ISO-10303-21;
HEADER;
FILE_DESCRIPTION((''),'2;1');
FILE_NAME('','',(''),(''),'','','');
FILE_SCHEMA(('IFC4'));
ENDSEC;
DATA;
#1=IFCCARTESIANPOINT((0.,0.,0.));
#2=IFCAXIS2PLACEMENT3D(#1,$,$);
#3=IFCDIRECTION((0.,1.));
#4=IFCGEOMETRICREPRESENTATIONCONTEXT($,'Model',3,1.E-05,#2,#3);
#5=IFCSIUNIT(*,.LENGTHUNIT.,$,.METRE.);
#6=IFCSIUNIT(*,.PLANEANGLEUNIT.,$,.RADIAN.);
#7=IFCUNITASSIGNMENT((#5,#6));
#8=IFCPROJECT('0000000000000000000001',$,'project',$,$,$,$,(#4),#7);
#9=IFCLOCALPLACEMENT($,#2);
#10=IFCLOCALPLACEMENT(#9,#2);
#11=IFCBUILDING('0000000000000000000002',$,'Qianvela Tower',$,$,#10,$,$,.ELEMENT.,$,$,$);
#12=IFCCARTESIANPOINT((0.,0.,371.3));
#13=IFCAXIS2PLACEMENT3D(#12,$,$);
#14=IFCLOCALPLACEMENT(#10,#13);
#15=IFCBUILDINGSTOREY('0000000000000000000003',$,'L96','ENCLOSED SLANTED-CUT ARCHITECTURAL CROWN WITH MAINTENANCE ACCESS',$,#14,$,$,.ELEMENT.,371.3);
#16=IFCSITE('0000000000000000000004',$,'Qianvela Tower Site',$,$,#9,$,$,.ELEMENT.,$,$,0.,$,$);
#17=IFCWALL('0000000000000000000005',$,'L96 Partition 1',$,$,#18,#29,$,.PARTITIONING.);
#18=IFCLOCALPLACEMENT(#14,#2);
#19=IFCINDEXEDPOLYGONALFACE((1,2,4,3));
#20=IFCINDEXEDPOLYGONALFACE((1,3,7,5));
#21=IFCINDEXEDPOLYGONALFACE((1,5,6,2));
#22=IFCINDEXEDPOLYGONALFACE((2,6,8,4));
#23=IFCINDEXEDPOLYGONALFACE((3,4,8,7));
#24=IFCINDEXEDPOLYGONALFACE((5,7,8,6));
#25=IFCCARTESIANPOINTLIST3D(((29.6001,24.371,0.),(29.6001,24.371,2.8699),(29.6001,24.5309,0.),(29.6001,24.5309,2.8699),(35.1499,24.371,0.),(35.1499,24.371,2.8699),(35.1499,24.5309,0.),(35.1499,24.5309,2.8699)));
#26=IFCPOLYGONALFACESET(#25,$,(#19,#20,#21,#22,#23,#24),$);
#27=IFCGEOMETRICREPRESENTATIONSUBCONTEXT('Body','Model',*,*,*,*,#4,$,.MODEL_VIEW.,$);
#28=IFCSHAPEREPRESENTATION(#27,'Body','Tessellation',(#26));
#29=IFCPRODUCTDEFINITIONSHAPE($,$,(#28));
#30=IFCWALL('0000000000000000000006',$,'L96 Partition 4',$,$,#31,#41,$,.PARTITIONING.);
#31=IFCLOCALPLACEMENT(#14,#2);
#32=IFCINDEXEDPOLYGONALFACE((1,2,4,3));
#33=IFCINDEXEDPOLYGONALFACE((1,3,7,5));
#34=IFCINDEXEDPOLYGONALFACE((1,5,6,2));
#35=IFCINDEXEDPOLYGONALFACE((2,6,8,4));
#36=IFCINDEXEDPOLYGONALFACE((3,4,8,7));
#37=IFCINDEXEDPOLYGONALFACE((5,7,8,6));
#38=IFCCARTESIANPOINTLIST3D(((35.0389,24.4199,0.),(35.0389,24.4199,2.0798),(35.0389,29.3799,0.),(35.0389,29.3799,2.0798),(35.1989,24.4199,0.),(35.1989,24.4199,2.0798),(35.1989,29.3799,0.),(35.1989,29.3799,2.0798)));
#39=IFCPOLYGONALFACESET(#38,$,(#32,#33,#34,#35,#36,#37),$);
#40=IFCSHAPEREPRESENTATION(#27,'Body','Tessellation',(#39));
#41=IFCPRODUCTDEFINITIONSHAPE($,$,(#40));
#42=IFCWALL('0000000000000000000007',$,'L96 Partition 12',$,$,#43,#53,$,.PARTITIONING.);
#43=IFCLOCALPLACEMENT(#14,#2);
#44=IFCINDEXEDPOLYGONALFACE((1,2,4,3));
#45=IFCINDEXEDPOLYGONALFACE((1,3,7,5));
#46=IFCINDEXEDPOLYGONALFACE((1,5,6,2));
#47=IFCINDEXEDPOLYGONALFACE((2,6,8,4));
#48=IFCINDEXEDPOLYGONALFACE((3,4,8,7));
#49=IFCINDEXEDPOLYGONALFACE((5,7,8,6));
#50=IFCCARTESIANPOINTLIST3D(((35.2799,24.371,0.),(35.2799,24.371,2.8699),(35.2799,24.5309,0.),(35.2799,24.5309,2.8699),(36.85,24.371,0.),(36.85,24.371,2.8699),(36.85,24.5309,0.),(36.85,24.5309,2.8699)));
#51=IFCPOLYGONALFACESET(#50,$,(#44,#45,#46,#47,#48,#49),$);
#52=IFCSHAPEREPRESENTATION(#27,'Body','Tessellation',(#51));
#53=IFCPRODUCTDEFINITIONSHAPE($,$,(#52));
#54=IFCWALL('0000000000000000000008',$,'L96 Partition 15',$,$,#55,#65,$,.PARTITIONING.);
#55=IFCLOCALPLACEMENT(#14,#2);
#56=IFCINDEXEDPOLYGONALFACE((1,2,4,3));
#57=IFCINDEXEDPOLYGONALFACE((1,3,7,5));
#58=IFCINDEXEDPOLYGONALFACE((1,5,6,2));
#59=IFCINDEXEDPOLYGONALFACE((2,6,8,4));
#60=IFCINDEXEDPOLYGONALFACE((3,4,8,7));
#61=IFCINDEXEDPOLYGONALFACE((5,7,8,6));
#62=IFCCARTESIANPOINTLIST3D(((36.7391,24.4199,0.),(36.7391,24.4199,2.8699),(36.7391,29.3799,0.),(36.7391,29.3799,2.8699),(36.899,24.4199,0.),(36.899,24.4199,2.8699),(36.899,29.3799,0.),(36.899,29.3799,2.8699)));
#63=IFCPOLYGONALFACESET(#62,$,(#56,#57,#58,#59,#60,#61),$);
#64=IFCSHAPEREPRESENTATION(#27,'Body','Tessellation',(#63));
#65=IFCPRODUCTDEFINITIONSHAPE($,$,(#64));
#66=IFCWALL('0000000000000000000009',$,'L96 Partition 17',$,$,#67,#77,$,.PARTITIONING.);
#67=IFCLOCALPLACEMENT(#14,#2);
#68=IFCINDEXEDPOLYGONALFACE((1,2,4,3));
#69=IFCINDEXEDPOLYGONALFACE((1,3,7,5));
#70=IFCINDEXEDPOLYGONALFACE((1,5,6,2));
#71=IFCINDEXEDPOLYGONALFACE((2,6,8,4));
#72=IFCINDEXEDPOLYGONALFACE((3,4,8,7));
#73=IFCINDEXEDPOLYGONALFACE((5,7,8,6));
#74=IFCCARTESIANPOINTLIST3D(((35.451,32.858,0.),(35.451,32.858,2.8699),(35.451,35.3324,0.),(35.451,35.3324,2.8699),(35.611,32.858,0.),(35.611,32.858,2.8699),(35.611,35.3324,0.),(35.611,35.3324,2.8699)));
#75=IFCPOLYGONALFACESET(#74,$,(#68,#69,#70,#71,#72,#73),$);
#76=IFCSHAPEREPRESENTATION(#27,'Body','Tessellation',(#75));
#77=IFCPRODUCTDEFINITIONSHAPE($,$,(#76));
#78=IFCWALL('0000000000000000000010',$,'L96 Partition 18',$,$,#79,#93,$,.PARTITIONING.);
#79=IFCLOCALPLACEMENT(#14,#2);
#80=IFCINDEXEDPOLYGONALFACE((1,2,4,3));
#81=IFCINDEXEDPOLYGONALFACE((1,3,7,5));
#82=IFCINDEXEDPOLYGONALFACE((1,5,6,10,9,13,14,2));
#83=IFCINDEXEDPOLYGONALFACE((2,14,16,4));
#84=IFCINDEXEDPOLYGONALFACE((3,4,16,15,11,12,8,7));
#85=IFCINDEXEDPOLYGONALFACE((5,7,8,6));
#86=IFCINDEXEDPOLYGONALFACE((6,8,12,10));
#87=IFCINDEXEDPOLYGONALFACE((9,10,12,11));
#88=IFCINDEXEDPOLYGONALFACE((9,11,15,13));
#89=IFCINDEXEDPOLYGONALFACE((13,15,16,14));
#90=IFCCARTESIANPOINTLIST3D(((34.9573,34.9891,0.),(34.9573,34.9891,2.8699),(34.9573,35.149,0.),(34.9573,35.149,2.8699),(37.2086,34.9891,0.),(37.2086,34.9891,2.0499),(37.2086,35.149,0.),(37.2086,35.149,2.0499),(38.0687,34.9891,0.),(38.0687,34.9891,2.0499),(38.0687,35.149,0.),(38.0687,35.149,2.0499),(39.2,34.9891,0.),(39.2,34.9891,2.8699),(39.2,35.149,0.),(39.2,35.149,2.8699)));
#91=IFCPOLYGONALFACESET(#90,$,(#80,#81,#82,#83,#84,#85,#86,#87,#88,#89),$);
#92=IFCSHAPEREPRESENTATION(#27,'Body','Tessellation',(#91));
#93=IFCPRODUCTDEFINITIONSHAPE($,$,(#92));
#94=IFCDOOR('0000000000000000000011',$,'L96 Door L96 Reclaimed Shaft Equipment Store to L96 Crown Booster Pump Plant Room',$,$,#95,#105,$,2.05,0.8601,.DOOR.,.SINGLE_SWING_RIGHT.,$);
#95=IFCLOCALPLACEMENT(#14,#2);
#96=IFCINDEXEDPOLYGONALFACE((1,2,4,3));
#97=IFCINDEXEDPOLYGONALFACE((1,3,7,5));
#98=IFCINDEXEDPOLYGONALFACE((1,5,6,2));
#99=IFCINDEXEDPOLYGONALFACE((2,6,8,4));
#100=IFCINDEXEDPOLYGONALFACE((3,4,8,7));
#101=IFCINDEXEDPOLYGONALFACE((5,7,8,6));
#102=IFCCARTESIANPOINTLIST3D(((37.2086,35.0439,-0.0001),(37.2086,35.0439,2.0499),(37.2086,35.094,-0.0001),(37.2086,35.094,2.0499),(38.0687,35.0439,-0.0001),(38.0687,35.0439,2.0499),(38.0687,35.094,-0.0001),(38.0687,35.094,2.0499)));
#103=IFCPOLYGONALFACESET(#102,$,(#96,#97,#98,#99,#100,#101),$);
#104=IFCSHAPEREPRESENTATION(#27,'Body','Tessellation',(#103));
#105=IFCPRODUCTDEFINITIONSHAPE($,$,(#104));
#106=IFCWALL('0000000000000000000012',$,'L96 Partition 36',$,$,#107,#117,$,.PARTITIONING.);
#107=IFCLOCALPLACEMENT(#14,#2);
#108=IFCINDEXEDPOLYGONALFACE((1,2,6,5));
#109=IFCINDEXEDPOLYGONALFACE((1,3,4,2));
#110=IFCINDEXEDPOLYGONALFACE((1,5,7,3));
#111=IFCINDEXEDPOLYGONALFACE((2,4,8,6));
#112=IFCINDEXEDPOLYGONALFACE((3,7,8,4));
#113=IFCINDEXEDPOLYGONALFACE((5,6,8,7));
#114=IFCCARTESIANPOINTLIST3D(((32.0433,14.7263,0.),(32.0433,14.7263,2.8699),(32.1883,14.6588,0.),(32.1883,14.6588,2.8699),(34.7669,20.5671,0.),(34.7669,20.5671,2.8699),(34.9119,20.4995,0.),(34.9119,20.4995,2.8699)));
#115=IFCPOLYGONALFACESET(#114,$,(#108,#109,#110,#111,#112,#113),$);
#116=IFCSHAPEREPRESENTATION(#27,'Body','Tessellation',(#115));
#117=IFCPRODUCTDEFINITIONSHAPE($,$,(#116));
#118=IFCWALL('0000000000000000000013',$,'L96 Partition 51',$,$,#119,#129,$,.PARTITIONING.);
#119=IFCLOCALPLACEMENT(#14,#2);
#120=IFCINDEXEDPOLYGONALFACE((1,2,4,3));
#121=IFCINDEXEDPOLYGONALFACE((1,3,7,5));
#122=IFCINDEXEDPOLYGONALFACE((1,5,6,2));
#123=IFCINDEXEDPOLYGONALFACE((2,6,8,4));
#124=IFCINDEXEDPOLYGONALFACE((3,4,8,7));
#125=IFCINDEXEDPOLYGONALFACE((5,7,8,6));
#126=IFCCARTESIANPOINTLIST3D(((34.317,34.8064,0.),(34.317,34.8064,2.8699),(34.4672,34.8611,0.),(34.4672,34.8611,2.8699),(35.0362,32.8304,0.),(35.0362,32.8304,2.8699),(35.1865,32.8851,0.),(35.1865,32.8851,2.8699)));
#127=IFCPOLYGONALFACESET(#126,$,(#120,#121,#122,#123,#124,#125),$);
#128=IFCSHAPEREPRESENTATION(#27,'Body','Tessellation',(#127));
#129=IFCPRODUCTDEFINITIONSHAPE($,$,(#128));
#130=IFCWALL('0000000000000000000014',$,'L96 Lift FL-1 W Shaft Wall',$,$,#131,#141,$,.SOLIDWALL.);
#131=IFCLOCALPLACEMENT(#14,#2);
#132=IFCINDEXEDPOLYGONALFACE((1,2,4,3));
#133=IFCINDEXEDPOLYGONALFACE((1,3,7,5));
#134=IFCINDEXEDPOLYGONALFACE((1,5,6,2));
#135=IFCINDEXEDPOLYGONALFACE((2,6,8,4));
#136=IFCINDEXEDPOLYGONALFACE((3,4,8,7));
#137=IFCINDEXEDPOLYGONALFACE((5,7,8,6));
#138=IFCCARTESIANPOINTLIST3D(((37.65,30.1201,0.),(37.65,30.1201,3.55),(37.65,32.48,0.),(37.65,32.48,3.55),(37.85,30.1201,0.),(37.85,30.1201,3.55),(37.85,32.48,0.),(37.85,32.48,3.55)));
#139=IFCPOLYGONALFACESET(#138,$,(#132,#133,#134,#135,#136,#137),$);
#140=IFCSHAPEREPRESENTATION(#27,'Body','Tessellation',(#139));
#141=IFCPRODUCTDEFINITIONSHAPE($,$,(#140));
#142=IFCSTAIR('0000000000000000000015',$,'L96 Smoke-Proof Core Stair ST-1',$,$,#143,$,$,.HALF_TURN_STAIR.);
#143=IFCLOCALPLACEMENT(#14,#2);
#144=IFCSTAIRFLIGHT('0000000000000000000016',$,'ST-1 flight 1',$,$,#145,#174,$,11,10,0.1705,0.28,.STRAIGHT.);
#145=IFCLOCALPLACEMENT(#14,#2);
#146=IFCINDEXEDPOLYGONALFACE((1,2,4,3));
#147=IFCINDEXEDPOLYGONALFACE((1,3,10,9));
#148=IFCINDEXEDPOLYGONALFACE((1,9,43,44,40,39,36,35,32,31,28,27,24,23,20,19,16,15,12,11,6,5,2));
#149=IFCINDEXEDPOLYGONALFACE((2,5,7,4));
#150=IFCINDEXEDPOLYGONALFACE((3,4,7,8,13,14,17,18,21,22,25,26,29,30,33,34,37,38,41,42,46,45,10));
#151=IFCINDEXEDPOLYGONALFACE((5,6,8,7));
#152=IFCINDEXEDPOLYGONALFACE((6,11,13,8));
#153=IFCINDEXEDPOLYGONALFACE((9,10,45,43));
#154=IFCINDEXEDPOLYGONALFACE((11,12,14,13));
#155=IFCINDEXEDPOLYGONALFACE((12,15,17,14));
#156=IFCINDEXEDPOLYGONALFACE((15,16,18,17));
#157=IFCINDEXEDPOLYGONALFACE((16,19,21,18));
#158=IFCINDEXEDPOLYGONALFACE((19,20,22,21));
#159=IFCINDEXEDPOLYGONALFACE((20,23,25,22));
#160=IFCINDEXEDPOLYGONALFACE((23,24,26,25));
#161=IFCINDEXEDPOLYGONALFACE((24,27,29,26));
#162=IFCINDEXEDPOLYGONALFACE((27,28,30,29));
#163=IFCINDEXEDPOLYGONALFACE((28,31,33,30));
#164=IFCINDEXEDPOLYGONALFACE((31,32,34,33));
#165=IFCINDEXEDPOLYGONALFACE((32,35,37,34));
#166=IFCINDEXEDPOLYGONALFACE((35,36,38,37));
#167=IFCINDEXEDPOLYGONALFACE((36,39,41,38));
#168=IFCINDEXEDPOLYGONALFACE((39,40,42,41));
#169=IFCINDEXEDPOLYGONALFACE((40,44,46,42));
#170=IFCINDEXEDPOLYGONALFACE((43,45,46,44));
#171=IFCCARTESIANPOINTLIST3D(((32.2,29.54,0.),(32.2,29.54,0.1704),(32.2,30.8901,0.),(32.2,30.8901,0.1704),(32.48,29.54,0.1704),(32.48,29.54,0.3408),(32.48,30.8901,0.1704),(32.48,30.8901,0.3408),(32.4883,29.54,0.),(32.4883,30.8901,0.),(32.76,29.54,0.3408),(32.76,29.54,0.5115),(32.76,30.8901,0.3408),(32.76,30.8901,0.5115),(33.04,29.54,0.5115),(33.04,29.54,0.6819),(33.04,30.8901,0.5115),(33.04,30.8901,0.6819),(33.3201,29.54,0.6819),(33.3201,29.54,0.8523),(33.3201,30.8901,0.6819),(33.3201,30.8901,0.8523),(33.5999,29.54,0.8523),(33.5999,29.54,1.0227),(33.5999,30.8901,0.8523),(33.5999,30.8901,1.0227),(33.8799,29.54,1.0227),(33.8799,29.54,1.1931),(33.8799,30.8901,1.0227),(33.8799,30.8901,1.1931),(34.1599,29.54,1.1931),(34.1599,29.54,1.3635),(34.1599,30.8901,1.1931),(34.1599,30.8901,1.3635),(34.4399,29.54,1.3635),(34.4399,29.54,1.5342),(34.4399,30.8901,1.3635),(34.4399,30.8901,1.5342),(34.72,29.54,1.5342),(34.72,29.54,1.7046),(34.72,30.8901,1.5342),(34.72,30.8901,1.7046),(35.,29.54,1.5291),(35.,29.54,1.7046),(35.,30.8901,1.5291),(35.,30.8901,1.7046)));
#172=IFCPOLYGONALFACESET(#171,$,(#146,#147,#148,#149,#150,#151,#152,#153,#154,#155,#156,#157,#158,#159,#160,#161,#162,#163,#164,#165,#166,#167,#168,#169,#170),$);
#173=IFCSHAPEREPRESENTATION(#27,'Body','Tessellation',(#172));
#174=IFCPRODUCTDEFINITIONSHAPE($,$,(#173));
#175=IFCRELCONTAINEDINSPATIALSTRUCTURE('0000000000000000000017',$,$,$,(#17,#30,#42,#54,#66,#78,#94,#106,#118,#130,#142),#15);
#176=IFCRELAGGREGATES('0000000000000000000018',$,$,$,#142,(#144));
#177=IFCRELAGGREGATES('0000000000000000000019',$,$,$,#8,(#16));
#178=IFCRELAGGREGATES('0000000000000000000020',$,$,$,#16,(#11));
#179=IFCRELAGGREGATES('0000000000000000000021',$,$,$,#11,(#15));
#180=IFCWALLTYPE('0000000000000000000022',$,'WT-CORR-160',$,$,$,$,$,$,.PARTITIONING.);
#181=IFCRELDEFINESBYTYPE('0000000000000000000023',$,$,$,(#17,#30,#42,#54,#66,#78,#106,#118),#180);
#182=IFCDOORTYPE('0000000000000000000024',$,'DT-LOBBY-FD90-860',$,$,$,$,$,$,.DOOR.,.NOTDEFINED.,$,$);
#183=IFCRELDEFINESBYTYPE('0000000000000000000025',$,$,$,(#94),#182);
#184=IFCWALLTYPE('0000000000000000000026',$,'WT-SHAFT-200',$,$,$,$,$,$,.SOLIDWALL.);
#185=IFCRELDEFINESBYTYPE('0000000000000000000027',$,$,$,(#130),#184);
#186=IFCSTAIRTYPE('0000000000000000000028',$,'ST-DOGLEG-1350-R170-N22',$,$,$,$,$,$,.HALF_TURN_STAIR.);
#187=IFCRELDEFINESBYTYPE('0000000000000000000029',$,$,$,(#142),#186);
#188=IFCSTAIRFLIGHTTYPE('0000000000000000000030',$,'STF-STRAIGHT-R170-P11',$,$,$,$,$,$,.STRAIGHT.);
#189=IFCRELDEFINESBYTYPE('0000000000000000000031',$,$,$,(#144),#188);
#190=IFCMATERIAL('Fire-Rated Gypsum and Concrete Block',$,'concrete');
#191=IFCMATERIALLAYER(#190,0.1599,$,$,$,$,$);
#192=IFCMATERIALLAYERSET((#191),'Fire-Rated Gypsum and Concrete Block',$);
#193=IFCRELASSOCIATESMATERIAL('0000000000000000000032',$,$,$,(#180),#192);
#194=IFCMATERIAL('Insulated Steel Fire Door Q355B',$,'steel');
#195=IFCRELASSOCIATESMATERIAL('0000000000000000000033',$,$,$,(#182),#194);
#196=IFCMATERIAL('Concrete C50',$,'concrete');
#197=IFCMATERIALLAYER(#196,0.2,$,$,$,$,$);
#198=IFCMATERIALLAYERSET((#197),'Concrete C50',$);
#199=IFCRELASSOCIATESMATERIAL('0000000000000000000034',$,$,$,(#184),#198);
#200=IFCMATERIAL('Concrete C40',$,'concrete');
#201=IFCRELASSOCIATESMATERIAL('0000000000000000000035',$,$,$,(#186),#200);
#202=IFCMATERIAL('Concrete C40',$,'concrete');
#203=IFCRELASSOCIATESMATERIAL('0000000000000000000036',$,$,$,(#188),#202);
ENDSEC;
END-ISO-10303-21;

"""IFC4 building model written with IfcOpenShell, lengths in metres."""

from ifc_helpers import new_model, si_unit, direction, frame, frame_2d, origin, place, context, subcontext, project, spatial, polyline, rectangle, outline, extrude, material, layer, layer_set, type_object, element, fill, aggregate, save


model = new_model("IFC4")

# Units and contexts
model_context = context("Model", 3, precision=1e-05, world=origin(), true_north=direction((0.0, 1.0)))
body_context = subcontext(model_context, "Body", "Model", "MODEL_VIEW")
ifc_project = project(units=[si_unit("LENGTHUNIT", "METRE"), si_unit("PLANEANGLEUNIT", "RADIAN")], contexts=[model_context])

# Site, building, storey
site_placement = place(None, origin())
site = spatial("IfcSite", under=ifc_project, at=site_placement, Name="Qianvela Tower Site", CompositionType="ELEMENT", RefElevation=0.0)
building_placement = place(site_placement, origin())
building = spatial("IfcBuilding", under=site, at=building_placement, Name="Qianvela Tower", CompositionType="ELEMENT")
storey_placement = place(building_placement, frame((0.0, 0.0, 371.3)))
storey = spatial("IfcBuildingStorey", under=building, at=storey_placement, Name="L96", Description="ENCLOSED SLANTED-CUT ARCHITECTURAL CROWN WITH MAINTENANCE ACCESS", CompositionType="ELEMENT", Elevation=371.3)

# Walls
ifc_material_1 = material(Name="Fire-Rated Gypsum and Concrete Block", Category="concrete")
ifc_layer_1 = layer(ifc_material_1, 0.1599)
ifc_layer_set_1 = layer_set([ifc_layer_1], Name="Fire-Rated Gypsum and Concrete Block")
wall_type_1 = type_object("IfcWallType", Name="WT-CORR-160", PredefinedType="PARTITIONING", material=ifc_layer_set_1)
wall_1_placement = place(storey_placement, frame((35.1499, 24.4509, 0.0), z_axis=(0.0, 0.0, 1.0), x_axis=(-1.0, 0.0, 0.0)))
element("IfcWall", 1, at=wall_1_placement, inside=storey, type_object=wall_type_1, Name="L96 Partition 1", PredefinedType="PARTITIONING", context=body_context, shape_type="SweptSolid", body=[
    extrude(rectangle(XDim=5.5498, YDim=0.1599, at=frame_2d((2.7749, 0.0))), origin(), (0.0, 0.0, 1.0), 2.8699),
])
wall_2_placement = place(storey_placement, frame((35.1189, 29.3799, 0.0), z_axis=(0.0, 0.0, 1.0), x_axis=(0.0, -1.0, 0.0)))
element("IfcWall", 2, at=wall_2_placement, inside=storey, type_object=wall_type_1, Name="L96 Partition 4", PredefinedType="PARTITIONING", context=body_context, shape_type="SweptSolid", body=[
    extrude(rectangle(XDim=4.96, YDim=0.1599, at=frame_2d((2.48, 0.0))), origin(), (0.0, 0.0, 1.0), 2.0798),
])
wall_3_placement = place(storey_placement, frame((36.8501, 24.4509, 0.0), z_axis=(0.0, 0.0, 1.0), x_axis=(-1.0, 0.0, 0.0)))
element("IfcWall", 3, at=wall_3_placement, inside=storey, type_object=wall_type_1, Name="L96 Partition 12", PredefinedType="PARTITIONING", context=body_context, shape_type="SweptSolid", body=[
    extrude(rectangle(XDim=1.5701, YDim=0.1599, at=frame_2d((0.7852, 0.0))), origin(), (0.0, 0.0, 1.0), 2.8699),
])
wall_4_placement = place(storey_placement, frame((36.8191, 29.3799, 0.0), z_axis=(0.0, 0.0, 1.0), x_axis=(0.0, -1.0, 0.0)))
element("IfcWall", 4, at=wall_4_placement, inside=storey, type_object=wall_type_1, Name="L96 Partition 15", PredefinedType="PARTITIONING", context=body_context, shape_type="SweptSolid", body=[
    extrude(rectangle(XDim=4.96, YDim=0.1599, at=frame_2d((2.48, 0.0))), origin(), (0.0, 0.0, 1.0), 2.8699),
])
wall_5_placement = place(storey_placement, frame((35.531, 32.8579, 0.0), z_axis=(0.0, 0.0, 1.0), x_axis=(0.0, 1.0, 0.0)))
element("IfcWall", 5, at=wall_5_placement, inside=storey, type_object=wall_type_1, Name="L96 Partition 17", PredefinedType="PARTITIONING", context=body_context, shape_type="SweptSolid", body=[
    extrude(rectangle(XDim=2.4744, YDim=0.1599, at=frame_2d((1.2373, 0.0))), origin(), (0.0, 0.0, 1.0), 2.8699),
])

# Wall, opening, door
wall_6_placement = place(storey_placement, frame((34.9573, 35.0691, 0.0), z_axis=(0.0, 0.0, 1.0), x_axis=(1.0, 0.0, 0.0)))
wall_6 = element("IfcWall", 6, at=wall_6_placement, inside=storey, type_object=wall_type_1, Name="L96 Partition 18", PredefinedType="PARTITIONING", context=body_context, shape_type="SweptSolid", body=[
    extrude(rectangle(XDim=4.2427, YDim=0.1599, at=frame_2d((2.1213, 0.0))), origin(), (0.0, 0.0, 1.0), 2.8699),
])
opening_placement = place(wall_6_placement, frame((2.2512, 0.0, 0.0)))
opening = element("IfcOpeningElement", 7, at=opening_placement, cuts=wall_6, PredefinedType="OPENING", context=body_context, shape_type="SweptSolid", body=[
    extrude(rectangle(XDim=0.8601, YDim=2.05, at=frame_2d((0.4302, 1.0249))), frame((0.0, 0.0898, 0.0), z_axis=(0.0, -1.0, 0.0), x_axis=(1.0, 0.0, 0.0)), (0.0, 0.0, 1.0), 0.1799),
])
ifc_material_2 = material(Name="Insulated Steel Fire Door Q355B", Category="steel")
door_type = type_object("IfcDoorType", Name="DT-LOBBY-FD90-860", OperationType="NOTDEFINED", PredefinedType="DOOR", material=ifc_material_2)
door_placement = place(opening_placement, origin())
door = element("IfcDoor", 8, at=door_placement, inside=storey, type_object=door_type, Name="L96 Door L96 Reclaimed Shaft Equipment Store to L96 Crown Booster Pump Plant Room", OperationType="SINGLE_SWING_RIGHT", OverallHeight=2.05, OverallWidth=0.8601, PredefinedType="DOOR", context=body_context, shape_type="SweptSolid", body=[
    extrude(rectangle(XDim=0.8601, YDim=2.05, at=frame_2d((0.4302, 1.0249))), frame((0.0, 0.0249, 0.0), z_axis=(0.0, -1.0, 0.0), x_axis=(1.0, 0.0, 0.0)), (0.0, 0.0, 1.0), 0.05),
])
fill(opening, door)

# Walls
wall_7_placement = place(storey_placement, frame((34.8394, 20.5332, 0.0), z_axis=(0.0, 0.0, 1.0), x_axis=(-0.42262, -0.906307, 0.0)))
element("IfcWall", 9, at=wall_7_placement, inside=storey, type_object=wall_type_1, Name="L96 Partition 36", PredefinedType="PARTITIONING", context=body_context, shape_type="SweptSolid", body=[
    extrude(rectangle(XDim=6.4446, YDim=0.1599, at=frame_2d((3.2222, 0.0))), origin(), (0.0, 0.0, 1.0), 2.8699),
])
wall_8_placement = place(storey_placement, frame((35.1113, 32.8579, 0.0), z_axis=(0.0, 0.0, 1.0), x_axis=(-0.34206, 0.939678, 0.0)))
element("IfcWall", 10, at=wall_8_placement, inside=storey, type_object=wall_type_1, Name="L96 Partition 51", PredefinedType="PARTITIONING", context=body_context, shape_type="SweptSolid", body=[
    extrude(rectangle(XDim=2.1028, YDim=0.1599, at=frame_2d((1.0513, 0.0))), origin(), (0.0, 0.0, 1.0), 2.8699),
])
ifc_material_3 = material(Name="Concrete C50", Category="concrete")
ifc_layer_2 = layer(ifc_material_3, 0.2)
ifc_layer_set_2 = layer_set([ifc_layer_2], Name="Concrete C50")
wall_type_2 = type_object("IfcWallType", Name="WT-SHAFT-200", PredefinedType="SOLIDWALL", material=ifc_layer_set_2)
wall_9_placement = place(storey_placement, frame((37.75, 30.1201, 0.0), z_axis=(0.0, 0.0, 1.0), x_axis=(0.0, 1.0, 0.0)))
element("IfcWall", 11, at=wall_9_placement, inside=storey, type_object=wall_type_2, Name="L96 Lift FL-1 W Shaft Wall", PredefinedType="SOLIDWALL", context=body_context, shape_type="SweptSolid", body=[
    extrude(rectangle(XDim=2.3599, YDim=0.2, at=frame_2d((1.1799, 0.0))), origin(), (0.0, 0.0, 1.0), 3.55),
])

# Stair, stair flight
ifc_material_4 = material(Name="Concrete C40", Category="concrete")
stair_type = type_object("IfcStairType", Name="ST-DOGLEG-1350-R170-N22", PredefinedType="HALF_TURN_STAIR", material=ifc_material_4)
stair_placement = place(storey_placement, origin())
stair = element("IfcStair", 12, at=stair_placement, inside=storey, type_object=stair_type, Name="L96 Smoke-Proof Core Stair ST-1", PredefinedType="HALF_TURN_STAIR")
ifc_material_5 = material(Name="Concrete C40", Category="concrete")
stair_flight_type = type_object("IfcStairFlightType", Name="STF-STRAIGHT-R170-P11", PredefinedType="STRAIGHT", material=ifc_material_5)
stair_flight_1_placement = place(storey_placement, frame((32.2, 30.2151, 0.0), z_axis=(0.0, 0.0, 1.0), x_axis=(1.0, 0.0, 0.0)))
stair_flight_1 = element("IfcStairFlight", 13, at=stair_flight_1_placement, type_object=stair_flight_type, Name="ST-1 flight 1", NumberOfRisers=11, NumberOfTreads=10, PredefinedType="STRAIGHT", RiserHeight=0.1705, TreadLength=0.28, context=body_context, shape_type="SweptSolid", body=[
    extrude(outline(polyline([(0.0, 0.0), (0.0, 0.1704), (0.28, 0.1704), (0.28, 0.3408), (0.5601, 0.3408), (0.5601, 0.5115), (0.8401, 0.5115), (0.8401, 0.6819), (1.1201, 0.6819), (1.1201, 0.8523), (1.3999, 0.8523), (1.3999, 1.0227), (1.6799, 1.0227), (1.6799, 1.1931), (1.96, 1.1931), (1.96, 1.3635), (2.24, 1.3635), (2.24, 1.5342), (2.52, 1.5342), (2.52, 1.7046), (2.8, 1.7046), (2.8, 1.875), (2.8, 1.5291), (0.2883, 0.0), (0.0, 0.0)])), frame((0.0, 0.675, 0.0), z_axis=(0.0, -1.0, 0.0), x_axis=(1.0, 0.0, 0.0)), (0.0, 0.0, 1.0), 1.3501),
])
aggregate(stair, [stair_flight_1])

save(model, "model.ifc")
